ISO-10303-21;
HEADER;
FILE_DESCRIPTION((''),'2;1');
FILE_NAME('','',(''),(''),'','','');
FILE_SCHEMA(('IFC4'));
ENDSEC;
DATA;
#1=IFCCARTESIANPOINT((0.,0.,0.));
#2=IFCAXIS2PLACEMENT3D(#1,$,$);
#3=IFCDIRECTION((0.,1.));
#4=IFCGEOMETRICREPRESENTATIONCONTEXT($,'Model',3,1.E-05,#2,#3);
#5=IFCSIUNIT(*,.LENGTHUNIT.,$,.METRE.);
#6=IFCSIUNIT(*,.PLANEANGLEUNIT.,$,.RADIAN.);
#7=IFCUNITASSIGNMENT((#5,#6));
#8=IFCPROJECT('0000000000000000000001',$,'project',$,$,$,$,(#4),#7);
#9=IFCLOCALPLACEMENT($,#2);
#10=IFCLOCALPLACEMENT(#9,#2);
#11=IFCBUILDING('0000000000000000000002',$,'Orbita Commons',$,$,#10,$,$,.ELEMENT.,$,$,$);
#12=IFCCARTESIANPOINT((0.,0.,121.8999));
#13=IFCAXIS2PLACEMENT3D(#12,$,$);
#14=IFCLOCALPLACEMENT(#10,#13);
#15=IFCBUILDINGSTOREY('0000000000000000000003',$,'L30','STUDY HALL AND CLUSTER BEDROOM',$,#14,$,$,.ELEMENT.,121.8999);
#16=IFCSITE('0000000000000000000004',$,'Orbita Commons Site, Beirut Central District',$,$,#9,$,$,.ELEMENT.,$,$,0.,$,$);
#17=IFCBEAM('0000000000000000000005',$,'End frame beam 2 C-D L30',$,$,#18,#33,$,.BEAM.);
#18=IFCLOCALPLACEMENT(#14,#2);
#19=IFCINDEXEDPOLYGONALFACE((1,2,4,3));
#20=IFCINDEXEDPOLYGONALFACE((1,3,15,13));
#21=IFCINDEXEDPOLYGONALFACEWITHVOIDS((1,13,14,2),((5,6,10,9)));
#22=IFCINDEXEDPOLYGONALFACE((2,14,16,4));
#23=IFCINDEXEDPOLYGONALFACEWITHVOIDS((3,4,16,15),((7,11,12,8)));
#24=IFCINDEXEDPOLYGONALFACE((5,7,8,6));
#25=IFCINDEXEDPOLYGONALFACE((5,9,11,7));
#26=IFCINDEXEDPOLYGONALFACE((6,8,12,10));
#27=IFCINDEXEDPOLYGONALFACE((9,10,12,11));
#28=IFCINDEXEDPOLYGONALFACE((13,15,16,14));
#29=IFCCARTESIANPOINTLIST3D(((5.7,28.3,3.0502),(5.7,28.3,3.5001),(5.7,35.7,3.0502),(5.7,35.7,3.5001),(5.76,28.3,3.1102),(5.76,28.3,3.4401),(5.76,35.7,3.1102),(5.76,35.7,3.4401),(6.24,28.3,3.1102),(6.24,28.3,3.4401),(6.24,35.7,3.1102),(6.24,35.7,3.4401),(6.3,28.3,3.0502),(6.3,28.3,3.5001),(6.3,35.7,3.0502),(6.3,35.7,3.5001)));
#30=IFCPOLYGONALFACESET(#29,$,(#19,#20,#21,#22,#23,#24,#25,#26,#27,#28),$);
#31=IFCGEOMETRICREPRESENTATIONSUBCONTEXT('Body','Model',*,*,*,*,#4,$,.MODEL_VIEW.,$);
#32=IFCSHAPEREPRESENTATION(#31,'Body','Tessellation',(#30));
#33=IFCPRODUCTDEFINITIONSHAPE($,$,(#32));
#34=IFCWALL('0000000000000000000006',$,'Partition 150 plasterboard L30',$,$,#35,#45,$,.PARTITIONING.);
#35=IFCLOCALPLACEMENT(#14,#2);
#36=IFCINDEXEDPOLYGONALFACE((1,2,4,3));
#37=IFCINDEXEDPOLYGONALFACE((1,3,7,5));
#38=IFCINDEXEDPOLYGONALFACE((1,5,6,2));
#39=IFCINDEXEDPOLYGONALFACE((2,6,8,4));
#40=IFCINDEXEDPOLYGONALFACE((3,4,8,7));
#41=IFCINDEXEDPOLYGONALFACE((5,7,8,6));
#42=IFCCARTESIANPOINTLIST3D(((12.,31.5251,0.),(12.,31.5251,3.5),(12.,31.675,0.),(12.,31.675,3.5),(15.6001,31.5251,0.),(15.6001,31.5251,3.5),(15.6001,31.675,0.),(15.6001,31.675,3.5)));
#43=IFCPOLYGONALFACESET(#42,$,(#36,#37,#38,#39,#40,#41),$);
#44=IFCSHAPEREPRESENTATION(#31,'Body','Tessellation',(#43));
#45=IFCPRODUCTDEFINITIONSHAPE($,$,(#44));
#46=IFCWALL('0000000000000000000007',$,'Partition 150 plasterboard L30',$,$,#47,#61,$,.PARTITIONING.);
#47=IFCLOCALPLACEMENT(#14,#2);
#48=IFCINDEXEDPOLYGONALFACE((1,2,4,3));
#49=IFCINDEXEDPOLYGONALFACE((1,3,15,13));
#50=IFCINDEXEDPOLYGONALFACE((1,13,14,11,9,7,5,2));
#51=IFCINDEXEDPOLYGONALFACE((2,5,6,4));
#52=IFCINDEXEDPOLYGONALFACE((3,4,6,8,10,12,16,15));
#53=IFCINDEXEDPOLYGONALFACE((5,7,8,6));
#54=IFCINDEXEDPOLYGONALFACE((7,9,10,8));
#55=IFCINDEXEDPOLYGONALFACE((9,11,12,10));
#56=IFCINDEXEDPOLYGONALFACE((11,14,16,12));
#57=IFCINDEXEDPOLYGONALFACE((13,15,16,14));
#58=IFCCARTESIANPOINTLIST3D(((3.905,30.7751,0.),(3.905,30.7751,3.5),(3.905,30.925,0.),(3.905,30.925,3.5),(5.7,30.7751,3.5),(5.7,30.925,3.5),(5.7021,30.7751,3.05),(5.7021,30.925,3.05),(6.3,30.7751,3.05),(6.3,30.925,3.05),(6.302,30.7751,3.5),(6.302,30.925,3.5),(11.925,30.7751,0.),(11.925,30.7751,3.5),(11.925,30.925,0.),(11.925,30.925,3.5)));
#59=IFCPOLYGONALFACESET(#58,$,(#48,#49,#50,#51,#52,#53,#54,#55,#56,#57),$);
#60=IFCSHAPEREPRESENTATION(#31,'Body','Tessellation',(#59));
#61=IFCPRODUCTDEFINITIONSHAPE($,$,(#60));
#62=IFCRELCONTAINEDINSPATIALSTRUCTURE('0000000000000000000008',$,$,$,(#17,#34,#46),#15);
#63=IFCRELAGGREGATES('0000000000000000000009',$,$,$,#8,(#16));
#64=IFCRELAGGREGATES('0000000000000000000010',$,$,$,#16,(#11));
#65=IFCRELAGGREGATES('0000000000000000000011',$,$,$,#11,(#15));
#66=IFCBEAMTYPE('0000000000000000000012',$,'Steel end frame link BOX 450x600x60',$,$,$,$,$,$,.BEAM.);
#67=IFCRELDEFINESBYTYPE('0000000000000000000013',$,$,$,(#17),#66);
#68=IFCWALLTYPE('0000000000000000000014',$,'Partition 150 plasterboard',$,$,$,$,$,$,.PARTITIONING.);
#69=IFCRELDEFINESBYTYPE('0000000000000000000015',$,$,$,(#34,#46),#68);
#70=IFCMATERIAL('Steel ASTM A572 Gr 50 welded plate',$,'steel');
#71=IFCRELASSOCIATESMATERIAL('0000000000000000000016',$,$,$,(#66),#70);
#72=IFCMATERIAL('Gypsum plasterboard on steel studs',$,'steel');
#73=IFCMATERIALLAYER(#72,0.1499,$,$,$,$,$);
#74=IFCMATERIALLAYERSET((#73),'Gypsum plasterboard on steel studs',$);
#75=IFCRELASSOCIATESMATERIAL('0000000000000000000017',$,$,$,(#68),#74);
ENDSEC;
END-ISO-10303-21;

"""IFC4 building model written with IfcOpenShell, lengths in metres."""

from ifc_helpers import new_model, si_unit, direction, frame, frame_2d, origin, origin_2d, place, context, subcontext, project, spatial, polyline, rectangle, hollow_rectangle, outline, extrude, material, layer, layer_set, material_profile, profile_set, type_object, element, save


model = new_model("IFC4")

# Units and contexts
model_context = context("Model", 3, precision=1e-05, world=origin(), true_north=direction((0.0, 1.0)))
body_context = subcontext(model_context, "Body", "Model", "MODEL_VIEW")
ifc_project = project(units=[si_unit("LENGTHUNIT", "METRE"), si_unit("PLANEANGLEUNIT", "RADIAN")], contexts=[model_context])

# Site, building, storey
site_placement = place(None, origin())
site = spatial("IfcSite", under=ifc_project, at=site_placement, Name="Orbita Commons Site, Beirut Central District", CompositionType="ELEMENT", RefElevation=0.0)
building_placement = place(site_placement, origin())
building = spatial("IfcBuilding", under=site, at=building_placement, Name="Orbita Commons", CompositionType="ELEMENT")
storey_placement = place(building_placement, frame((0.0, 0.0, 121.8999)))
storey = spatial("IfcBuildingStorey", under=building, at=storey_placement, Name="L30", Description="STUDY HALL AND CLUSTER BEDROOM", CompositionType="ELEMENT", Elevation=121.8999)

# Beam
ifc_material_1 = material(Name="Steel ASTM A572 Gr 50 welded plate", Category="steel")
ifc_material_profile = material_profile(ifc_material_1, hollow_rectangle(XDim=0.6001, YDim=0.45, WallThickness=0.0601, at=origin_2d()), Name="BOX 450x600x60")
ifc_profile_set = profile_set([ifc_material_profile], Name="Steel ASTM A572 Gr 50 welded plate")
beam_type = type_object("IfcBeamType", Name="Steel end frame link BOX 450x600x60", PredefinedType="BEAM", material=ifc_profile_set)
beam_placement = place(storey_placement, frame((6.0, 28.3, 3.2751), z_axis=(0.0, 1.0, 0.0), x_axis=(-1.0, 0.0, 0.0)))
element("IfcBeam", 1, at=beam_placement, inside=storey, type_object=beam_type, Name="End frame beam 2 C-D L30", PredefinedType="BEAM", context=body_context, shape_type="SweptSolid", body=[
    extrude(hollow_rectangle(XDim=0.6001, YDim=0.45, WallThickness=0.0601, at=origin_2d()), origin(), (0.0, 0.0, 1.0), 7.3999),
])

# Walls
ifc_material_2 = material(Name="Gypsum plasterboard on steel studs", Category="steel")
ifc_layer = layer(ifc_material_2, 0.1499)
ifc_layer_set = layer_set([ifc_layer], Name="Gypsum plasterboard on steel studs")
wall_type = type_object("IfcWallType", Name="Partition 150 plasterboard", PredefinedType="PARTITIONING", material=ifc_layer_set)
wall_1_placement = place(storey_placement, frame((12.0, 31.6001, 0.0), z_axis=(0.0, 0.0, 1.0), x_axis=(1.0, 0.0, 0.0)))
element("IfcWall", 2, at=wall_1_placement, inside=storey, type_object=wall_type, Name="Partition 150 plasterboard L30", PredefinedType="PARTITIONING", context=body_context, shape_type="SweptSolid", body=[
    extrude(rectangle(XDim=3.6001, YDim=0.1499, at=frame_2d((1.8, 0.0))), origin(), (0.0, 0.0, 1.0), 3.5),
])
wall_2_placement = place(storey_placement, frame((3.905, 30.8501, 0.0), z_axis=(0.0, 0.0, 1.0), x_axis=(1.0, 0.0, 0.0)))
element("IfcWall", 3, at=wall_2_placement, inside=storey, type_object=wall_type, Name="Partition 150 plasterboard L30", PredefinedType="PARTITIONING", context=body_context, shape_type="SweptSolid", body=[
    extrude(outline(polyline([(0.0, 0.0), (8.02, 0.0), (8.02, 3.5), (2.397, 3.5), (2.395, 3.05), (1.7971, 3.05), (1.7949, 3.5), (0.0, 3.5), (0.0, 0.0)])), frame((0.0, 0.075, 0.0), z_axis=(0.0, -1.0, 0.0), x_axis=(1.0, 0.0, 0.0)), (0.0, 0.0, 1.0), 0.1499),
])

save(model, "model.ifc")
